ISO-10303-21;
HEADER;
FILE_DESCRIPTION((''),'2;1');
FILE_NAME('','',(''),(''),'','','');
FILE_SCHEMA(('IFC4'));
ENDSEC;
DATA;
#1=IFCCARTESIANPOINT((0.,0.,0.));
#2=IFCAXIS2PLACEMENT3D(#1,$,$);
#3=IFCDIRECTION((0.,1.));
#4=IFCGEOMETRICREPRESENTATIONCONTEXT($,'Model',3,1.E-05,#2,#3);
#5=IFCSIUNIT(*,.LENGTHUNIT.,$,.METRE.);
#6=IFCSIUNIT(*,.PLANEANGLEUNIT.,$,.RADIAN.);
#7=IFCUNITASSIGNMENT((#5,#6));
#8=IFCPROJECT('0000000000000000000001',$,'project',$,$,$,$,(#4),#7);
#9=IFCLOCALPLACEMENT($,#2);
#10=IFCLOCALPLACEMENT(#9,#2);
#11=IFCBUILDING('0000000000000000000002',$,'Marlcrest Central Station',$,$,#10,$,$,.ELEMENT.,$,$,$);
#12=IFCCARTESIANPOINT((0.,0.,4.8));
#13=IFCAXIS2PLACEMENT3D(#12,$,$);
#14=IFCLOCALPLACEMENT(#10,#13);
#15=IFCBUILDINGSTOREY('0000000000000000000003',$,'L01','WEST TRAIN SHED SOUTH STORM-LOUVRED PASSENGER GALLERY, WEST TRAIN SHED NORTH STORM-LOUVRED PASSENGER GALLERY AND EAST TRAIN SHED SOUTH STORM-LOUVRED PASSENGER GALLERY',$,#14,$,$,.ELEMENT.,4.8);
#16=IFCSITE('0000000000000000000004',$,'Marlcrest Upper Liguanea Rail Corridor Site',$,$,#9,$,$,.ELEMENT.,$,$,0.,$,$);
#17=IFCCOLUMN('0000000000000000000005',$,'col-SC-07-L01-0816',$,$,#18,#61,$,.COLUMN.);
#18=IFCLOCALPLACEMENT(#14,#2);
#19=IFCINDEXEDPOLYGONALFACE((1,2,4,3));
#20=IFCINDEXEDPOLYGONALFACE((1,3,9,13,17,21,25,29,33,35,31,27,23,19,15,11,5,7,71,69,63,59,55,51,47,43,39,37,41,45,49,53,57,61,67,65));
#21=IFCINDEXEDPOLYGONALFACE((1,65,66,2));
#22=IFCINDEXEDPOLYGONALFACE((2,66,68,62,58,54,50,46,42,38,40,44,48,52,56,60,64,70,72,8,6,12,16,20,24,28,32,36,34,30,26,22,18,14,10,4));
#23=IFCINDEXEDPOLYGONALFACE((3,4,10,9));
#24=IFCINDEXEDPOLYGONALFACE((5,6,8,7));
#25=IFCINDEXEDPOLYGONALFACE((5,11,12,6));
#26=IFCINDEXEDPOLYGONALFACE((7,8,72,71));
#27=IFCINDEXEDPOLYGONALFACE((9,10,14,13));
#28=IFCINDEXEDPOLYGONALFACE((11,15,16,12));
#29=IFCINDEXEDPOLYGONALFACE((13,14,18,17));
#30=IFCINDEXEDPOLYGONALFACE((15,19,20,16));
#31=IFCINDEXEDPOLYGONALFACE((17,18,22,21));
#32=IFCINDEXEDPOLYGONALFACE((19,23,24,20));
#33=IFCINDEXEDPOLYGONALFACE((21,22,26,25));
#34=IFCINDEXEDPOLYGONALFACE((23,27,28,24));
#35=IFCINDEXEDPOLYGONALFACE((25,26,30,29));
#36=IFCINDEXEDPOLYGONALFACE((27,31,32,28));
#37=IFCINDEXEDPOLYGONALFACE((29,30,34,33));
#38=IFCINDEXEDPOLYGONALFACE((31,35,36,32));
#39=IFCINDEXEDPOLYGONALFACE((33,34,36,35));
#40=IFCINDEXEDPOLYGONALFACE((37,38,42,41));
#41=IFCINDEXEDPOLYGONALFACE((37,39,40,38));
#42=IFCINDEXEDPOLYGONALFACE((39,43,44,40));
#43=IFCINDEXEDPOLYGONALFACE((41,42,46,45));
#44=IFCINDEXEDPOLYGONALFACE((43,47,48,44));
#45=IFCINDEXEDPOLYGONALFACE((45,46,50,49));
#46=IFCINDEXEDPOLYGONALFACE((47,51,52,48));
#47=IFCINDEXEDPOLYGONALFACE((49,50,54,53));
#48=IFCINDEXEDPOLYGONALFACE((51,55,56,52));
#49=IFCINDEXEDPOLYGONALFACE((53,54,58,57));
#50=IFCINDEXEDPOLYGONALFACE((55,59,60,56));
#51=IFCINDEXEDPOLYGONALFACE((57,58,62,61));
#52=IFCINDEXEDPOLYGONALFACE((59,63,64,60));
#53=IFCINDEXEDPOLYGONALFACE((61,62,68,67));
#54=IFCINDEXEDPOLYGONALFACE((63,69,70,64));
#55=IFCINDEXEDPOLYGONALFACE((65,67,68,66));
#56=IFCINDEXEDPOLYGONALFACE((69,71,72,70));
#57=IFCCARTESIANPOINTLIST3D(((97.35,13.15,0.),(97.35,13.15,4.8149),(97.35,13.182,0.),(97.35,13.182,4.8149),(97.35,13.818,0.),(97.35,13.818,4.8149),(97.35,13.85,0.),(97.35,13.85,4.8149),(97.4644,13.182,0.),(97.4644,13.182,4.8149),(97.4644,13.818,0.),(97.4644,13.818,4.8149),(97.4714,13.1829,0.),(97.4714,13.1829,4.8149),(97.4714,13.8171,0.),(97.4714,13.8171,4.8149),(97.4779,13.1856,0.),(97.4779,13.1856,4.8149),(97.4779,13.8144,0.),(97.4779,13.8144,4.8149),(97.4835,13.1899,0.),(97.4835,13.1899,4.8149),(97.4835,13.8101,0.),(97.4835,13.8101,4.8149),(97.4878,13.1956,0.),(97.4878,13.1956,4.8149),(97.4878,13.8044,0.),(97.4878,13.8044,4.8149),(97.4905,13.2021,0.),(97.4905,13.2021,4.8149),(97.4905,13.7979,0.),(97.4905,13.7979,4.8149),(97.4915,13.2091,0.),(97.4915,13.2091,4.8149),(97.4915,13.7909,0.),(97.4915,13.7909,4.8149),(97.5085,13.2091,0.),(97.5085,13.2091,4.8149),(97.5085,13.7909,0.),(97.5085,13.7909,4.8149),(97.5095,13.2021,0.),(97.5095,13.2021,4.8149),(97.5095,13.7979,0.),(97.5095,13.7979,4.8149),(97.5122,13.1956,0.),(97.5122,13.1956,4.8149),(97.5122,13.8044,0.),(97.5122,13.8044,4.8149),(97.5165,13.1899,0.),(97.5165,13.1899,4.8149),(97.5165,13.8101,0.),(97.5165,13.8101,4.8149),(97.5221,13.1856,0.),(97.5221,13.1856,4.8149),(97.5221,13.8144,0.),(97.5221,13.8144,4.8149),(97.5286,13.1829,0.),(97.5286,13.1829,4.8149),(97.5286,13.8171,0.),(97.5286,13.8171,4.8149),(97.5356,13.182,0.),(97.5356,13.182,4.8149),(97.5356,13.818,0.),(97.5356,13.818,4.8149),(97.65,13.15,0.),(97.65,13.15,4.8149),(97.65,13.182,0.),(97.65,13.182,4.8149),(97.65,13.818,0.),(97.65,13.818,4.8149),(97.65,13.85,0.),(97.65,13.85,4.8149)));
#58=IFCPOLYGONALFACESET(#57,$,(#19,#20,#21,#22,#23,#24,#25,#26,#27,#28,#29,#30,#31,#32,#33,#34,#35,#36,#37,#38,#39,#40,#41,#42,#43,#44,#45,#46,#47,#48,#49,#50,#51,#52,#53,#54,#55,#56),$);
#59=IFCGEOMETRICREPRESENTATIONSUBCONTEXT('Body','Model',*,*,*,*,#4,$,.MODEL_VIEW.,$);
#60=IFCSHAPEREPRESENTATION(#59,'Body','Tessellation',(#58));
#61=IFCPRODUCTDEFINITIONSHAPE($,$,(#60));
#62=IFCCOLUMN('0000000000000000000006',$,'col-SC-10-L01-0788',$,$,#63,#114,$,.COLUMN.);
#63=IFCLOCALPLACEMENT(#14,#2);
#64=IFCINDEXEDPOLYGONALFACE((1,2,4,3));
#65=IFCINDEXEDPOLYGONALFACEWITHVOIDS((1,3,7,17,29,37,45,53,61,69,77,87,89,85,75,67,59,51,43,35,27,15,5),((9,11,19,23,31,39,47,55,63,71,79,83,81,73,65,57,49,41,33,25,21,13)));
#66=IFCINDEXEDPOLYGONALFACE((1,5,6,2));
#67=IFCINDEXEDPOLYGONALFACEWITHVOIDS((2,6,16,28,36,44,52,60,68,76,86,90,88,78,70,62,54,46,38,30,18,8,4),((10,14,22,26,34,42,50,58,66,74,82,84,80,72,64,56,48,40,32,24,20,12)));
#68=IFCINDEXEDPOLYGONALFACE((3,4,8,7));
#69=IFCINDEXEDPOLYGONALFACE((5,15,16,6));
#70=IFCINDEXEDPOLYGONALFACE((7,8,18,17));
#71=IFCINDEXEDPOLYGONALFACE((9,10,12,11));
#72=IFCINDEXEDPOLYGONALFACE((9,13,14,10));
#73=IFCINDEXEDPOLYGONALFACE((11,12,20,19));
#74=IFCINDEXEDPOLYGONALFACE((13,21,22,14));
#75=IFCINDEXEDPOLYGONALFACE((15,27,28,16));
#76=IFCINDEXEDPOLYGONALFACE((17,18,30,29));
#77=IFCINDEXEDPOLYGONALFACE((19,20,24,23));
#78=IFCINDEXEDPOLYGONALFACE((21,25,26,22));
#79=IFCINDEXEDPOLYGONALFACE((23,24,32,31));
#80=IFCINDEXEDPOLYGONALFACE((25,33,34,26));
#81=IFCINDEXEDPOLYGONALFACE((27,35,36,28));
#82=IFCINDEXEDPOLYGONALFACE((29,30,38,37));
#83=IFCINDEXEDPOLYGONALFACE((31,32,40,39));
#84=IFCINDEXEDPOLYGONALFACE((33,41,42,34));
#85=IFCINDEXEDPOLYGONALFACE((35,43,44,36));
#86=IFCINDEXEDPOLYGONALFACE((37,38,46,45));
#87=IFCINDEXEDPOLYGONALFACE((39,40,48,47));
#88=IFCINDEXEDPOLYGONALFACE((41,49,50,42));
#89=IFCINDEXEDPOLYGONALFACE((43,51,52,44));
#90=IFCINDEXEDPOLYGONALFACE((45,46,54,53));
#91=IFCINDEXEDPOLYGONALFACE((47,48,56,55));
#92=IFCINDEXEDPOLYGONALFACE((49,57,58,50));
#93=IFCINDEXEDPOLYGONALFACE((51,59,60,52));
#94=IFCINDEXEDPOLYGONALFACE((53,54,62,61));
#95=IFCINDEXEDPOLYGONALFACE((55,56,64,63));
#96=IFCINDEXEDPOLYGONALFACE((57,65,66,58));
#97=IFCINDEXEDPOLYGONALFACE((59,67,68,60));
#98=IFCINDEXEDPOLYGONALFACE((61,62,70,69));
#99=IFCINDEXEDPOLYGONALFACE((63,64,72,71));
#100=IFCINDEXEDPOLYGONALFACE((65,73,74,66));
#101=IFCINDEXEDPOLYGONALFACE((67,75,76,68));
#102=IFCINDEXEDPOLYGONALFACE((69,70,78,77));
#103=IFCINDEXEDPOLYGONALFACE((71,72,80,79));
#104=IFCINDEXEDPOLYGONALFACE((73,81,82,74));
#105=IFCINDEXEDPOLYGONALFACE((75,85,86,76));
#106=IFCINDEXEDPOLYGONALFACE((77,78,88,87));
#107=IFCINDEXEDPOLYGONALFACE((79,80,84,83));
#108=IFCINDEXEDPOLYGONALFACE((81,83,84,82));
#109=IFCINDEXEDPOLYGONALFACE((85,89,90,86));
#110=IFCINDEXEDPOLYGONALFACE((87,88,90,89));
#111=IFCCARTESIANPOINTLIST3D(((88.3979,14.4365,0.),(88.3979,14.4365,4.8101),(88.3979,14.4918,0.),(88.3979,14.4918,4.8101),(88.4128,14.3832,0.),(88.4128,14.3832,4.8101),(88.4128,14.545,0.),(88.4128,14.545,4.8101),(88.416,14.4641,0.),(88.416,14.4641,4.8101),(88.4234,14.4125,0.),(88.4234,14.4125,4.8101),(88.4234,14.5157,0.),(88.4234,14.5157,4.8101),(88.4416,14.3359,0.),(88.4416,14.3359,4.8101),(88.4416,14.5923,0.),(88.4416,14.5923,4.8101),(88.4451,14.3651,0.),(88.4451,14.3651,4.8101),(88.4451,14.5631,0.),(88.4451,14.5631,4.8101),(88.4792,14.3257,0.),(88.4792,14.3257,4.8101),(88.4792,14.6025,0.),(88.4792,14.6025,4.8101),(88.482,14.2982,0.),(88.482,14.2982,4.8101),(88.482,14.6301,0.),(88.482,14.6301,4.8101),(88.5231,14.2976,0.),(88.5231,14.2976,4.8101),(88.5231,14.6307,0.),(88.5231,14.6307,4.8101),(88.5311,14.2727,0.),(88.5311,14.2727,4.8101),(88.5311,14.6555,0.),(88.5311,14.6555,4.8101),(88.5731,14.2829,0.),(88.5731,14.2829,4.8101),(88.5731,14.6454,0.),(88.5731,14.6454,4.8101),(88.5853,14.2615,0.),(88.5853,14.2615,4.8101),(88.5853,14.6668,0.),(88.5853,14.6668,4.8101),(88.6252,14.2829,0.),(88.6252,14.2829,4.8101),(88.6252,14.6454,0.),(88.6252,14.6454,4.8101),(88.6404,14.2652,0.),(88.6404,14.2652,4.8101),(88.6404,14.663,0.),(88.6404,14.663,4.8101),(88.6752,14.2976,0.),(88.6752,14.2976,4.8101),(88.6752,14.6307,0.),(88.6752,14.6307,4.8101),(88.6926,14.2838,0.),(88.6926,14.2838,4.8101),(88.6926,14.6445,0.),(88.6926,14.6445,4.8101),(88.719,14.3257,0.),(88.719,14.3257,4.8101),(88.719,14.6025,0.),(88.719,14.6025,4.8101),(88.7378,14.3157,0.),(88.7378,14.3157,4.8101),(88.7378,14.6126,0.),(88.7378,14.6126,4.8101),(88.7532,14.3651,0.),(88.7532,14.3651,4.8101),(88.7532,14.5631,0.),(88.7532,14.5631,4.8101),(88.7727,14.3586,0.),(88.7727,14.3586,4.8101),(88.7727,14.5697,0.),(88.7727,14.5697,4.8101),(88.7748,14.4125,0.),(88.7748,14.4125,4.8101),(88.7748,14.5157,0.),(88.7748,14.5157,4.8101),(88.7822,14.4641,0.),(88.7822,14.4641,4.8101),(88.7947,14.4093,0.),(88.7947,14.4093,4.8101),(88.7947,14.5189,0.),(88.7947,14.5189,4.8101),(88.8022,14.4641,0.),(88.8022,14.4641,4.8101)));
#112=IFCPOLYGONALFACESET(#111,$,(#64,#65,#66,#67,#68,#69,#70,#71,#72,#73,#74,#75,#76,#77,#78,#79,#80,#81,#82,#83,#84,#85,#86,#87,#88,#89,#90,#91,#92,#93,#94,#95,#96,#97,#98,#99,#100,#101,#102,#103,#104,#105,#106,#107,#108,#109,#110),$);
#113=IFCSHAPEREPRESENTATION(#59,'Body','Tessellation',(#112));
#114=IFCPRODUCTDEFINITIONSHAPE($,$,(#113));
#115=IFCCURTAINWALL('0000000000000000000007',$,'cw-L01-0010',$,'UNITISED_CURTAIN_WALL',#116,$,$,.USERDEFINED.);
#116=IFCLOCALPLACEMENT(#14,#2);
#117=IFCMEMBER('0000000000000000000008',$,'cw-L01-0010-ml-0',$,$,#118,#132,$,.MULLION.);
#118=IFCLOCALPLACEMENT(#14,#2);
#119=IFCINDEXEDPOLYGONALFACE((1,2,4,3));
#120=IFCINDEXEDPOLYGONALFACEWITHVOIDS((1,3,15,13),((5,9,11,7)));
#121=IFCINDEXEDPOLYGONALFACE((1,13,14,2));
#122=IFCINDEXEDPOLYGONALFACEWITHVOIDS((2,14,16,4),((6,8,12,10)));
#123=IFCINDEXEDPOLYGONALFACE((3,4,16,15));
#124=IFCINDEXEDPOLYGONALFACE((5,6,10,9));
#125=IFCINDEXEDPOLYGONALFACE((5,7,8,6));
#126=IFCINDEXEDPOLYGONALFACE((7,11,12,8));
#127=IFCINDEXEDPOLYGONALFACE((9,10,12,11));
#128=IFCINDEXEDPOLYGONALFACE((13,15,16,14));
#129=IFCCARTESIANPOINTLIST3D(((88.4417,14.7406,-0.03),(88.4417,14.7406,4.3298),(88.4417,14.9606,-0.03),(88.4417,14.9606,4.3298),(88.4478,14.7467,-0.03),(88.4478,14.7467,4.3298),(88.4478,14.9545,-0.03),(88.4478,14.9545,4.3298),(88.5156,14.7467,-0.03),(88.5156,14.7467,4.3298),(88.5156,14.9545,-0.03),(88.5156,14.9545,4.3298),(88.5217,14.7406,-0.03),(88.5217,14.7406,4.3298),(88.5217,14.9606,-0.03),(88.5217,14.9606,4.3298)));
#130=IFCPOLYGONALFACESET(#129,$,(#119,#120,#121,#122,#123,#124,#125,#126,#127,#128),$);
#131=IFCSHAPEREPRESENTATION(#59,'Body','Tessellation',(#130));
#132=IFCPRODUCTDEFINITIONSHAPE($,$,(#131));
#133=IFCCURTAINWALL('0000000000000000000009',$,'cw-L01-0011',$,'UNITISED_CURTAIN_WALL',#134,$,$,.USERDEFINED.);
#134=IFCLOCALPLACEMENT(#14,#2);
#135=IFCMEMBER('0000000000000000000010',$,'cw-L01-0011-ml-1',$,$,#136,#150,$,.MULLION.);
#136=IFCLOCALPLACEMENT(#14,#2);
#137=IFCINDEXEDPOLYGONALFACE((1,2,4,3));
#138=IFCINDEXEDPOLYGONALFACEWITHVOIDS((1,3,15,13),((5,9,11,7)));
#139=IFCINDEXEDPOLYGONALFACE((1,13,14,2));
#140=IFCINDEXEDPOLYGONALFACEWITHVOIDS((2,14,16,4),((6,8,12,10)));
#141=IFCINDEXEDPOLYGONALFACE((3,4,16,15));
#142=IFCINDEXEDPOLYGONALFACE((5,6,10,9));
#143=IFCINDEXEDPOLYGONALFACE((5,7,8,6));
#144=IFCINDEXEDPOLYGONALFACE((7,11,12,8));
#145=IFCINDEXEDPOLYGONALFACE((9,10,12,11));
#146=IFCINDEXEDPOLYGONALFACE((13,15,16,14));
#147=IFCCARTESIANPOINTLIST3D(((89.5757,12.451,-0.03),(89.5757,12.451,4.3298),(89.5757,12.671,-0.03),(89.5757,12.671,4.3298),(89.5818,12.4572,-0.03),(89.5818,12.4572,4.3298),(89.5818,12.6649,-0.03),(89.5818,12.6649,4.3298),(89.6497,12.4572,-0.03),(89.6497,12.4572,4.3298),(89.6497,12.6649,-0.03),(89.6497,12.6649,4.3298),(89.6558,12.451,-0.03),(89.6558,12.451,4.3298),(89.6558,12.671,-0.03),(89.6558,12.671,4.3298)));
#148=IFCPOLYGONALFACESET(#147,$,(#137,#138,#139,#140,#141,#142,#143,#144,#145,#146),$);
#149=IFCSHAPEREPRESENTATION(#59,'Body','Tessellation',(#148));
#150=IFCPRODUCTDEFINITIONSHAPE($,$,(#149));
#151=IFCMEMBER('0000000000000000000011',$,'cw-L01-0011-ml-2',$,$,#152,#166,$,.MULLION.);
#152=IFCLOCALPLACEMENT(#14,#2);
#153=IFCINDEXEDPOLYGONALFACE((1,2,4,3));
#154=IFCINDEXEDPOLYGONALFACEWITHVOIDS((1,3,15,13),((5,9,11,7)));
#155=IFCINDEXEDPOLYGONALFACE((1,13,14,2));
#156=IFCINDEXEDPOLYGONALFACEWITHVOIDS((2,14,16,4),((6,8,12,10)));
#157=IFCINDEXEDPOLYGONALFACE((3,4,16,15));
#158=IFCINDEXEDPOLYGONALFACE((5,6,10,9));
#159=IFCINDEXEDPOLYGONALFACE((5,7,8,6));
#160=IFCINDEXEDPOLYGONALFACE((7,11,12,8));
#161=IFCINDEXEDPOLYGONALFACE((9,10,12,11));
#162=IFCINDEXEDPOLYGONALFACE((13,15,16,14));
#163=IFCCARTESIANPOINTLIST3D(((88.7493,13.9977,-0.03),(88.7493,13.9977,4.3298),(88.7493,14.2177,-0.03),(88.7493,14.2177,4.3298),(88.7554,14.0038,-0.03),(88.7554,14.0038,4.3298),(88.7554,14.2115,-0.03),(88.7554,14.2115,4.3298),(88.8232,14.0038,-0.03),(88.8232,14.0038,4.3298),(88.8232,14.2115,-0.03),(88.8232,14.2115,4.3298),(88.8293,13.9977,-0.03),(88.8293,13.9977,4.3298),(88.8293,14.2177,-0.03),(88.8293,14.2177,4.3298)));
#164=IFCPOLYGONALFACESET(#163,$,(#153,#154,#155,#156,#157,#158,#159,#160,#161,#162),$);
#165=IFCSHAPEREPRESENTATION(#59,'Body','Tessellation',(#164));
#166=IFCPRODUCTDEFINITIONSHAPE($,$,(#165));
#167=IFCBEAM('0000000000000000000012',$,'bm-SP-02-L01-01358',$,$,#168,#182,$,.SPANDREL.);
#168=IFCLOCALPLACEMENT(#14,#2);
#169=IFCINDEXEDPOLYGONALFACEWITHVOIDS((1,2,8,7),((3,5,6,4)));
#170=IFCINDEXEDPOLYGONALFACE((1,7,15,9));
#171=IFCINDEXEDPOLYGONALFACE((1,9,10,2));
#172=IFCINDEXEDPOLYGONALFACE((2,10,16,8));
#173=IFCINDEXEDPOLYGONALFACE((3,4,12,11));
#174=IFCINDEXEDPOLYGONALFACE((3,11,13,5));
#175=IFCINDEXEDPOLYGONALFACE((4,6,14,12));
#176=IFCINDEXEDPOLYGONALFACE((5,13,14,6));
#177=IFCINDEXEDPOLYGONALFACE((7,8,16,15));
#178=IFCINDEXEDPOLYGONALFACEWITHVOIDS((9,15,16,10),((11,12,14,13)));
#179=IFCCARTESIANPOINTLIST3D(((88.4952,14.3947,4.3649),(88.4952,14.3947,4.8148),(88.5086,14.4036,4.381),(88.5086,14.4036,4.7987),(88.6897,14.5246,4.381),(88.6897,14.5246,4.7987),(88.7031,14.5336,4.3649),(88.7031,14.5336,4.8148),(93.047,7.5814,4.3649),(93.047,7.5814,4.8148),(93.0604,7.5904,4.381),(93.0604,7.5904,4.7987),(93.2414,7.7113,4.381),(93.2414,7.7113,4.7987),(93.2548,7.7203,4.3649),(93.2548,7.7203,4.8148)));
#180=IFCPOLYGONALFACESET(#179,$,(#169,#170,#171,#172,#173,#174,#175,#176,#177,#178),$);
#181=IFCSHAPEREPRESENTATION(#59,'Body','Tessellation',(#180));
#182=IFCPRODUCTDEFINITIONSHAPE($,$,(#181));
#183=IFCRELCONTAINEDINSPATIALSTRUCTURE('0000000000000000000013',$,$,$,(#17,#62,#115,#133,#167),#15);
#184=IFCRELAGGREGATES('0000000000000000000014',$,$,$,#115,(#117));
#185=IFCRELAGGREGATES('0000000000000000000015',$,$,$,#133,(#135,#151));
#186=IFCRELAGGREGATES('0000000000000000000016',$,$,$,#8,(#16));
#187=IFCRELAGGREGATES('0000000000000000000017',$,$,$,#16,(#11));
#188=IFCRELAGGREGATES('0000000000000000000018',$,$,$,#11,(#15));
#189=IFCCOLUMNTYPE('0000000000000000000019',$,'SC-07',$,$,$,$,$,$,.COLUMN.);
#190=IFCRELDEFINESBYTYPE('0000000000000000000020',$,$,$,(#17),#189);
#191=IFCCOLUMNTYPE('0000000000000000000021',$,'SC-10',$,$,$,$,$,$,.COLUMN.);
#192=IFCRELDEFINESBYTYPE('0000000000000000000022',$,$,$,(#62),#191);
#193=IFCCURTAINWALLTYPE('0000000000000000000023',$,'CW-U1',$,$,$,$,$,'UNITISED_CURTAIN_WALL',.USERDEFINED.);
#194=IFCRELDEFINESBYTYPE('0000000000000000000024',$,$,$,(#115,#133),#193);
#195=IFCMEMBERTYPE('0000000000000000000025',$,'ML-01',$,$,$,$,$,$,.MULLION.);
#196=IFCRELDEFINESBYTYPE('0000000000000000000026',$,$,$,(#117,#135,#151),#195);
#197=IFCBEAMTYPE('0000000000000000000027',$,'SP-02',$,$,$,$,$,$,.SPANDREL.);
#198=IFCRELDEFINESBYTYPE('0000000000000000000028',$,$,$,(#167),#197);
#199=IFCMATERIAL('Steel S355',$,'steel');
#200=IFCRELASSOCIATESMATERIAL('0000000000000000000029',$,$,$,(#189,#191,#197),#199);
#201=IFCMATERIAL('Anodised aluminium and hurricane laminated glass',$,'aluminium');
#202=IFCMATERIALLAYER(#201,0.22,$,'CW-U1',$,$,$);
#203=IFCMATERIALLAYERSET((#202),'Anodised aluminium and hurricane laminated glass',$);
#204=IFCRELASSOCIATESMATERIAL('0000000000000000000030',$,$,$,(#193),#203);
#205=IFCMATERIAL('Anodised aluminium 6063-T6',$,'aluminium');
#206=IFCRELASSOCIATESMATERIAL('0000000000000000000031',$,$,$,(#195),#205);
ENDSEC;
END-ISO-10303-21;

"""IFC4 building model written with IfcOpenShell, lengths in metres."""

from ifc_helpers import new_model, si_unit, direction, frame, origin, origin_2d, place, context, subcontext, project, spatial, hollow_rectangle, hollow_circle, i_section, extrude, material, layer, layer_set, material_profile, profile_set, type_object, element, aggregate, save


model = new_model("IFC4")

# Units and contexts
model_context = context("Model", 3, precision=1e-05, world=origin(), true_north=direction((0.0, 1.0)))
body_context = subcontext(model_context, "Body", "Model", "MODEL_VIEW")
ifc_project = project(units=[si_unit("LENGTHUNIT", "METRE"), si_unit("PLANEANGLEUNIT", "RADIAN")], contexts=[model_context])

# Site, building, storey
site_placement = place(None, origin())
site = spatial("IfcSite", under=ifc_project, at=site_placement, Name="Marlcrest Upper Liguanea Rail Corridor Site", CompositionType="ELEMENT", RefElevation=0.0)
building_placement = place(site_placement, origin())
building = spatial("IfcBuilding", under=site, at=building_placement, Name="Marlcrest Central Station", CompositionType="ELEMENT")
storey_placement = place(building_placement, frame((0.0, 0.0, 4.8)))
storey = spatial("IfcBuildingStorey", under=building, at=storey_placement, Name="L01", Description="WEST TRAIN SHED SOUTH STORM-LOUVRED PASSENGER GALLERY, WEST TRAIN SHED NORTH STORM-LOUVRED PASSENGER GALLERY AND EAST TRAIN SHED SOUTH STORM-LOUVRED PASSENGER GALLERY", CompositionType="ELEMENT", Elevation=4.8)

# Columns
ifc_material_1 = material(Name="Steel S355", Category="steel")
ifc_material_profile_1 = material_profile(ifc_material_1, i_section(OverallWidth=0.3, OverallDepth=0.7, WebThickness=0.0171, FlangeThickness=0.032, FilletRadius=0.0271, at=origin_2d()), Name="HEB 700")
ifc_profile_set_1 = profile_set([ifc_material_profile_1], Name="Steel S355")
column_type_1 = type_object("IfcColumnType", Name="SC-07", PredefinedType="COLUMN", material=ifc_profile_set_1)
column_1_placement = place(storey_placement, frame((97.5, 13.5, 0.0), z_axis=(0.0, 0.0, 1.0), x_axis=(1.0, 0.0, 0.0)))
element("IfcColumn", 1, at=column_1_placement, inside=storey, type_object=column_type_1, Name="col-SC-07-L01-0816", PredefinedType="COLUMN", context=body_context, shape_type="SweptSolid", body=[
    extrude(i_section(OverallWidth=0.3, OverallDepth=0.7, WebThickness=0.0171, FlangeThickness=0.032, FilletRadius=0.0271, at=origin_2d()), origin(), (0.0, 0.0, 1.0), 4.8149),
])
ifc_material_profile_2 = material_profile(ifc_material_1, hollow_circle(Radius=0.2031, WallThickness=0.02, at=origin_2d()), Name="CHS 406.4x20")
ifc_profile_set_2 = profile_set([ifc_material_profile_2], Name="Steel S355")
column_type_2 = type_object("IfcColumnType", Name="SC-10", PredefinedType="COLUMN", material=ifc_profile_set_2)
column_2_placement = place(storey_placement, frame((88.5991, 14.4641, 0.0), z_axis=(0.0, 0.0, 1.0), x_axis=(1.0, 0.0, 0.0)))
element("IfcColumn", 2, at=column_2_placement, inside=storey, type_object=column_type_2, Name="col-SC-10-L01-0788", PredefinedType="COLUMN", context=body_context, shape_type="SweptSolid", body=[
    extrude(hollow_circle(Radius=0.2031, WallThickness=0.02, at=origin_2d()), origin(), (0.0, 0.0, 1.0), 4.8101),
])

# Curtain wall, member
ifc_material_2 = material(Name="Anodised aluminium and hurricane laminated glass", Category="aluminium")
ifc_layer_1 = layer(ifc_material_2, 0.22, Name="CW-U1")
ifc_layer_set_1 = layer_set([ifc_layer_1], Name="Anodised aluminium and hurricane laminated glass")
curtain_wall_type = type_object("IfcCurtainWallType", Name="CW-U1", ElementType="UNITISED_CURTAIN_WALL", PredefinedType="USERDEFINED", material=ifc_layer_set_1)
curtain_wall_1_placement = place(storey_placement, origin())
curtain_wall_1 = element("IfcCurtainWall", 3, at=curtain_wall_1_placement, inside=storey, type_object=curtain_wall_type, Name="cw-L01-0010", ObjectType="UNITISED_CURTAIN_WALL", PredefinedType="USERDEFINED")
ifc_material_3 = material(Name="Anodised aluminium 6063-T6", Category="aluminium")
ifc_material_profile_3 = material_profile(ifc_material_3, hollow_rectangle(XDim=0.0801, YDim=0.22, WallThickness=0.0061, at=origin_2d()), Name="AA-RHS 220x80x6")
ifc_profile_set_3 = profile_set([ifc_material_profile_3], Name="Anodised aluminium 6063-T6")
member_type_1 = type_object("IfcMemberType", Name="ML-01", PredefinedType="MULLION", material=ifc_profile_set_3)
member_1_placement = place(storey_placement, frame((88.4817, 14.8506, -0.03), z_axis=(0.0, 0.0, 1.0), x_axis=(1.0, 0.0, 0.0)))
member_1 = element("IfcMember", 4, at=member_1_placement, type_object=member_type_1, Name="cw-L01-0010-ml-0", PredefinedType="MULLION", context=body_context, shape_type="SweptSolid", body=[
    extrude(hollow_rectangle(XDim=0.0801, YDim=0.22, WallThickness=0.0061, at=origin_2d()), origin(), (0.0, 0.0, 1.0), 4.3599),
])
aggregate(curtain_wall_1, [member_1])

# Curtain wall, members
curtain_wall_2_placement = place(storey_placement, origin())
curtain_wall_2 = element("IfcCurtainWall", 5, at=curtain_wall_2_placement, inside=storey, type_object=curtain_wall_type, Name="cw-L01-0011", ObjectType="UNITISED_CURTAIN_WALL", PredefinedType="USERDEFINED")
member_2_placement = place(storey_placement, frame((89.6157, 12.561, -0.03), z_axis=(0.0, 0.0, 1.0), x_axis=(1.0, 0.0, 0.0)))
member_2 = element("IfcMember", 6, at=member_2_placement, type_object=member_type_1, Name="cw-L01-0011-ml-1", PredefinedType="MULLION", context=body_context, shape_type="SweptSolid", body=[
    extrude(hollow_rectangle(XDim=0.0801, YDim=0.22, WallThickness=0.0061, at=origin_2d()), origin(), (0.0, 0.0, 1.0), 4.3599),
])
member_3_placement = place(storey_placement, frame((88.7893, 14.1077, -0.03), z_axis=(0.0, 0.0, 1.0), x_axis=(1.0, 0.0, 0.0)))
member_3 = element("IfcMember", 7, at=member_3_placement, type_object=member_type_1, Name="cw-L01-0011-ml-2", PredefinedType="MULLION", context=body_context, shape_type="SweptSolid", body=[
    extrude(hollow_rectangle(XDim=0.0801, YDim=0.22, WallThickness=0.0061, at=origin_2d()), origin(), (0.0, 0.0, 1.0), 4.3599),
])

# Beam
ifc_material_profile_4 = material_profile(ifc_material_1, hollow_rectangle(XDim=0.25, YDim=0.45, WallThickness=0.0161, at=origin_2d()), Name="RHS 450x250x16")
ifc_profile_set_4 = profile_set([ifc_material_profile_4], Name="Steel S355")
beam_type = type_object("IfcBeamType", Name="SP-02", PredefinedType="SPANDREL", material=ifc_profile_set_4)
beam_placement = place(storey_placement, frame((88.5991, 14.4641, 4.5898), z_axis=(0.555511, -0.831509, 0.0), x_axis=(0.831509, 0.555511, 0.0)))
element("IfcBeam", 8, at=beam_placement, inside=storey, type_object=beam_type, Name="bm-SP-02-L01-01358", PredefinedType="SPANDREL", context=body_context, shape_type="SweptSolid", body=[
    extrude(hollow_rectangle(XDim=0.25, YDim=0.45, WallThickness=0.0161, at=origin_2d()), origin(), (0.0, 0.0, 1.0), 8.1938),
])

aggregate(curtain_wall_2, [member_2, member_3])

save(model, "model.ifc")
